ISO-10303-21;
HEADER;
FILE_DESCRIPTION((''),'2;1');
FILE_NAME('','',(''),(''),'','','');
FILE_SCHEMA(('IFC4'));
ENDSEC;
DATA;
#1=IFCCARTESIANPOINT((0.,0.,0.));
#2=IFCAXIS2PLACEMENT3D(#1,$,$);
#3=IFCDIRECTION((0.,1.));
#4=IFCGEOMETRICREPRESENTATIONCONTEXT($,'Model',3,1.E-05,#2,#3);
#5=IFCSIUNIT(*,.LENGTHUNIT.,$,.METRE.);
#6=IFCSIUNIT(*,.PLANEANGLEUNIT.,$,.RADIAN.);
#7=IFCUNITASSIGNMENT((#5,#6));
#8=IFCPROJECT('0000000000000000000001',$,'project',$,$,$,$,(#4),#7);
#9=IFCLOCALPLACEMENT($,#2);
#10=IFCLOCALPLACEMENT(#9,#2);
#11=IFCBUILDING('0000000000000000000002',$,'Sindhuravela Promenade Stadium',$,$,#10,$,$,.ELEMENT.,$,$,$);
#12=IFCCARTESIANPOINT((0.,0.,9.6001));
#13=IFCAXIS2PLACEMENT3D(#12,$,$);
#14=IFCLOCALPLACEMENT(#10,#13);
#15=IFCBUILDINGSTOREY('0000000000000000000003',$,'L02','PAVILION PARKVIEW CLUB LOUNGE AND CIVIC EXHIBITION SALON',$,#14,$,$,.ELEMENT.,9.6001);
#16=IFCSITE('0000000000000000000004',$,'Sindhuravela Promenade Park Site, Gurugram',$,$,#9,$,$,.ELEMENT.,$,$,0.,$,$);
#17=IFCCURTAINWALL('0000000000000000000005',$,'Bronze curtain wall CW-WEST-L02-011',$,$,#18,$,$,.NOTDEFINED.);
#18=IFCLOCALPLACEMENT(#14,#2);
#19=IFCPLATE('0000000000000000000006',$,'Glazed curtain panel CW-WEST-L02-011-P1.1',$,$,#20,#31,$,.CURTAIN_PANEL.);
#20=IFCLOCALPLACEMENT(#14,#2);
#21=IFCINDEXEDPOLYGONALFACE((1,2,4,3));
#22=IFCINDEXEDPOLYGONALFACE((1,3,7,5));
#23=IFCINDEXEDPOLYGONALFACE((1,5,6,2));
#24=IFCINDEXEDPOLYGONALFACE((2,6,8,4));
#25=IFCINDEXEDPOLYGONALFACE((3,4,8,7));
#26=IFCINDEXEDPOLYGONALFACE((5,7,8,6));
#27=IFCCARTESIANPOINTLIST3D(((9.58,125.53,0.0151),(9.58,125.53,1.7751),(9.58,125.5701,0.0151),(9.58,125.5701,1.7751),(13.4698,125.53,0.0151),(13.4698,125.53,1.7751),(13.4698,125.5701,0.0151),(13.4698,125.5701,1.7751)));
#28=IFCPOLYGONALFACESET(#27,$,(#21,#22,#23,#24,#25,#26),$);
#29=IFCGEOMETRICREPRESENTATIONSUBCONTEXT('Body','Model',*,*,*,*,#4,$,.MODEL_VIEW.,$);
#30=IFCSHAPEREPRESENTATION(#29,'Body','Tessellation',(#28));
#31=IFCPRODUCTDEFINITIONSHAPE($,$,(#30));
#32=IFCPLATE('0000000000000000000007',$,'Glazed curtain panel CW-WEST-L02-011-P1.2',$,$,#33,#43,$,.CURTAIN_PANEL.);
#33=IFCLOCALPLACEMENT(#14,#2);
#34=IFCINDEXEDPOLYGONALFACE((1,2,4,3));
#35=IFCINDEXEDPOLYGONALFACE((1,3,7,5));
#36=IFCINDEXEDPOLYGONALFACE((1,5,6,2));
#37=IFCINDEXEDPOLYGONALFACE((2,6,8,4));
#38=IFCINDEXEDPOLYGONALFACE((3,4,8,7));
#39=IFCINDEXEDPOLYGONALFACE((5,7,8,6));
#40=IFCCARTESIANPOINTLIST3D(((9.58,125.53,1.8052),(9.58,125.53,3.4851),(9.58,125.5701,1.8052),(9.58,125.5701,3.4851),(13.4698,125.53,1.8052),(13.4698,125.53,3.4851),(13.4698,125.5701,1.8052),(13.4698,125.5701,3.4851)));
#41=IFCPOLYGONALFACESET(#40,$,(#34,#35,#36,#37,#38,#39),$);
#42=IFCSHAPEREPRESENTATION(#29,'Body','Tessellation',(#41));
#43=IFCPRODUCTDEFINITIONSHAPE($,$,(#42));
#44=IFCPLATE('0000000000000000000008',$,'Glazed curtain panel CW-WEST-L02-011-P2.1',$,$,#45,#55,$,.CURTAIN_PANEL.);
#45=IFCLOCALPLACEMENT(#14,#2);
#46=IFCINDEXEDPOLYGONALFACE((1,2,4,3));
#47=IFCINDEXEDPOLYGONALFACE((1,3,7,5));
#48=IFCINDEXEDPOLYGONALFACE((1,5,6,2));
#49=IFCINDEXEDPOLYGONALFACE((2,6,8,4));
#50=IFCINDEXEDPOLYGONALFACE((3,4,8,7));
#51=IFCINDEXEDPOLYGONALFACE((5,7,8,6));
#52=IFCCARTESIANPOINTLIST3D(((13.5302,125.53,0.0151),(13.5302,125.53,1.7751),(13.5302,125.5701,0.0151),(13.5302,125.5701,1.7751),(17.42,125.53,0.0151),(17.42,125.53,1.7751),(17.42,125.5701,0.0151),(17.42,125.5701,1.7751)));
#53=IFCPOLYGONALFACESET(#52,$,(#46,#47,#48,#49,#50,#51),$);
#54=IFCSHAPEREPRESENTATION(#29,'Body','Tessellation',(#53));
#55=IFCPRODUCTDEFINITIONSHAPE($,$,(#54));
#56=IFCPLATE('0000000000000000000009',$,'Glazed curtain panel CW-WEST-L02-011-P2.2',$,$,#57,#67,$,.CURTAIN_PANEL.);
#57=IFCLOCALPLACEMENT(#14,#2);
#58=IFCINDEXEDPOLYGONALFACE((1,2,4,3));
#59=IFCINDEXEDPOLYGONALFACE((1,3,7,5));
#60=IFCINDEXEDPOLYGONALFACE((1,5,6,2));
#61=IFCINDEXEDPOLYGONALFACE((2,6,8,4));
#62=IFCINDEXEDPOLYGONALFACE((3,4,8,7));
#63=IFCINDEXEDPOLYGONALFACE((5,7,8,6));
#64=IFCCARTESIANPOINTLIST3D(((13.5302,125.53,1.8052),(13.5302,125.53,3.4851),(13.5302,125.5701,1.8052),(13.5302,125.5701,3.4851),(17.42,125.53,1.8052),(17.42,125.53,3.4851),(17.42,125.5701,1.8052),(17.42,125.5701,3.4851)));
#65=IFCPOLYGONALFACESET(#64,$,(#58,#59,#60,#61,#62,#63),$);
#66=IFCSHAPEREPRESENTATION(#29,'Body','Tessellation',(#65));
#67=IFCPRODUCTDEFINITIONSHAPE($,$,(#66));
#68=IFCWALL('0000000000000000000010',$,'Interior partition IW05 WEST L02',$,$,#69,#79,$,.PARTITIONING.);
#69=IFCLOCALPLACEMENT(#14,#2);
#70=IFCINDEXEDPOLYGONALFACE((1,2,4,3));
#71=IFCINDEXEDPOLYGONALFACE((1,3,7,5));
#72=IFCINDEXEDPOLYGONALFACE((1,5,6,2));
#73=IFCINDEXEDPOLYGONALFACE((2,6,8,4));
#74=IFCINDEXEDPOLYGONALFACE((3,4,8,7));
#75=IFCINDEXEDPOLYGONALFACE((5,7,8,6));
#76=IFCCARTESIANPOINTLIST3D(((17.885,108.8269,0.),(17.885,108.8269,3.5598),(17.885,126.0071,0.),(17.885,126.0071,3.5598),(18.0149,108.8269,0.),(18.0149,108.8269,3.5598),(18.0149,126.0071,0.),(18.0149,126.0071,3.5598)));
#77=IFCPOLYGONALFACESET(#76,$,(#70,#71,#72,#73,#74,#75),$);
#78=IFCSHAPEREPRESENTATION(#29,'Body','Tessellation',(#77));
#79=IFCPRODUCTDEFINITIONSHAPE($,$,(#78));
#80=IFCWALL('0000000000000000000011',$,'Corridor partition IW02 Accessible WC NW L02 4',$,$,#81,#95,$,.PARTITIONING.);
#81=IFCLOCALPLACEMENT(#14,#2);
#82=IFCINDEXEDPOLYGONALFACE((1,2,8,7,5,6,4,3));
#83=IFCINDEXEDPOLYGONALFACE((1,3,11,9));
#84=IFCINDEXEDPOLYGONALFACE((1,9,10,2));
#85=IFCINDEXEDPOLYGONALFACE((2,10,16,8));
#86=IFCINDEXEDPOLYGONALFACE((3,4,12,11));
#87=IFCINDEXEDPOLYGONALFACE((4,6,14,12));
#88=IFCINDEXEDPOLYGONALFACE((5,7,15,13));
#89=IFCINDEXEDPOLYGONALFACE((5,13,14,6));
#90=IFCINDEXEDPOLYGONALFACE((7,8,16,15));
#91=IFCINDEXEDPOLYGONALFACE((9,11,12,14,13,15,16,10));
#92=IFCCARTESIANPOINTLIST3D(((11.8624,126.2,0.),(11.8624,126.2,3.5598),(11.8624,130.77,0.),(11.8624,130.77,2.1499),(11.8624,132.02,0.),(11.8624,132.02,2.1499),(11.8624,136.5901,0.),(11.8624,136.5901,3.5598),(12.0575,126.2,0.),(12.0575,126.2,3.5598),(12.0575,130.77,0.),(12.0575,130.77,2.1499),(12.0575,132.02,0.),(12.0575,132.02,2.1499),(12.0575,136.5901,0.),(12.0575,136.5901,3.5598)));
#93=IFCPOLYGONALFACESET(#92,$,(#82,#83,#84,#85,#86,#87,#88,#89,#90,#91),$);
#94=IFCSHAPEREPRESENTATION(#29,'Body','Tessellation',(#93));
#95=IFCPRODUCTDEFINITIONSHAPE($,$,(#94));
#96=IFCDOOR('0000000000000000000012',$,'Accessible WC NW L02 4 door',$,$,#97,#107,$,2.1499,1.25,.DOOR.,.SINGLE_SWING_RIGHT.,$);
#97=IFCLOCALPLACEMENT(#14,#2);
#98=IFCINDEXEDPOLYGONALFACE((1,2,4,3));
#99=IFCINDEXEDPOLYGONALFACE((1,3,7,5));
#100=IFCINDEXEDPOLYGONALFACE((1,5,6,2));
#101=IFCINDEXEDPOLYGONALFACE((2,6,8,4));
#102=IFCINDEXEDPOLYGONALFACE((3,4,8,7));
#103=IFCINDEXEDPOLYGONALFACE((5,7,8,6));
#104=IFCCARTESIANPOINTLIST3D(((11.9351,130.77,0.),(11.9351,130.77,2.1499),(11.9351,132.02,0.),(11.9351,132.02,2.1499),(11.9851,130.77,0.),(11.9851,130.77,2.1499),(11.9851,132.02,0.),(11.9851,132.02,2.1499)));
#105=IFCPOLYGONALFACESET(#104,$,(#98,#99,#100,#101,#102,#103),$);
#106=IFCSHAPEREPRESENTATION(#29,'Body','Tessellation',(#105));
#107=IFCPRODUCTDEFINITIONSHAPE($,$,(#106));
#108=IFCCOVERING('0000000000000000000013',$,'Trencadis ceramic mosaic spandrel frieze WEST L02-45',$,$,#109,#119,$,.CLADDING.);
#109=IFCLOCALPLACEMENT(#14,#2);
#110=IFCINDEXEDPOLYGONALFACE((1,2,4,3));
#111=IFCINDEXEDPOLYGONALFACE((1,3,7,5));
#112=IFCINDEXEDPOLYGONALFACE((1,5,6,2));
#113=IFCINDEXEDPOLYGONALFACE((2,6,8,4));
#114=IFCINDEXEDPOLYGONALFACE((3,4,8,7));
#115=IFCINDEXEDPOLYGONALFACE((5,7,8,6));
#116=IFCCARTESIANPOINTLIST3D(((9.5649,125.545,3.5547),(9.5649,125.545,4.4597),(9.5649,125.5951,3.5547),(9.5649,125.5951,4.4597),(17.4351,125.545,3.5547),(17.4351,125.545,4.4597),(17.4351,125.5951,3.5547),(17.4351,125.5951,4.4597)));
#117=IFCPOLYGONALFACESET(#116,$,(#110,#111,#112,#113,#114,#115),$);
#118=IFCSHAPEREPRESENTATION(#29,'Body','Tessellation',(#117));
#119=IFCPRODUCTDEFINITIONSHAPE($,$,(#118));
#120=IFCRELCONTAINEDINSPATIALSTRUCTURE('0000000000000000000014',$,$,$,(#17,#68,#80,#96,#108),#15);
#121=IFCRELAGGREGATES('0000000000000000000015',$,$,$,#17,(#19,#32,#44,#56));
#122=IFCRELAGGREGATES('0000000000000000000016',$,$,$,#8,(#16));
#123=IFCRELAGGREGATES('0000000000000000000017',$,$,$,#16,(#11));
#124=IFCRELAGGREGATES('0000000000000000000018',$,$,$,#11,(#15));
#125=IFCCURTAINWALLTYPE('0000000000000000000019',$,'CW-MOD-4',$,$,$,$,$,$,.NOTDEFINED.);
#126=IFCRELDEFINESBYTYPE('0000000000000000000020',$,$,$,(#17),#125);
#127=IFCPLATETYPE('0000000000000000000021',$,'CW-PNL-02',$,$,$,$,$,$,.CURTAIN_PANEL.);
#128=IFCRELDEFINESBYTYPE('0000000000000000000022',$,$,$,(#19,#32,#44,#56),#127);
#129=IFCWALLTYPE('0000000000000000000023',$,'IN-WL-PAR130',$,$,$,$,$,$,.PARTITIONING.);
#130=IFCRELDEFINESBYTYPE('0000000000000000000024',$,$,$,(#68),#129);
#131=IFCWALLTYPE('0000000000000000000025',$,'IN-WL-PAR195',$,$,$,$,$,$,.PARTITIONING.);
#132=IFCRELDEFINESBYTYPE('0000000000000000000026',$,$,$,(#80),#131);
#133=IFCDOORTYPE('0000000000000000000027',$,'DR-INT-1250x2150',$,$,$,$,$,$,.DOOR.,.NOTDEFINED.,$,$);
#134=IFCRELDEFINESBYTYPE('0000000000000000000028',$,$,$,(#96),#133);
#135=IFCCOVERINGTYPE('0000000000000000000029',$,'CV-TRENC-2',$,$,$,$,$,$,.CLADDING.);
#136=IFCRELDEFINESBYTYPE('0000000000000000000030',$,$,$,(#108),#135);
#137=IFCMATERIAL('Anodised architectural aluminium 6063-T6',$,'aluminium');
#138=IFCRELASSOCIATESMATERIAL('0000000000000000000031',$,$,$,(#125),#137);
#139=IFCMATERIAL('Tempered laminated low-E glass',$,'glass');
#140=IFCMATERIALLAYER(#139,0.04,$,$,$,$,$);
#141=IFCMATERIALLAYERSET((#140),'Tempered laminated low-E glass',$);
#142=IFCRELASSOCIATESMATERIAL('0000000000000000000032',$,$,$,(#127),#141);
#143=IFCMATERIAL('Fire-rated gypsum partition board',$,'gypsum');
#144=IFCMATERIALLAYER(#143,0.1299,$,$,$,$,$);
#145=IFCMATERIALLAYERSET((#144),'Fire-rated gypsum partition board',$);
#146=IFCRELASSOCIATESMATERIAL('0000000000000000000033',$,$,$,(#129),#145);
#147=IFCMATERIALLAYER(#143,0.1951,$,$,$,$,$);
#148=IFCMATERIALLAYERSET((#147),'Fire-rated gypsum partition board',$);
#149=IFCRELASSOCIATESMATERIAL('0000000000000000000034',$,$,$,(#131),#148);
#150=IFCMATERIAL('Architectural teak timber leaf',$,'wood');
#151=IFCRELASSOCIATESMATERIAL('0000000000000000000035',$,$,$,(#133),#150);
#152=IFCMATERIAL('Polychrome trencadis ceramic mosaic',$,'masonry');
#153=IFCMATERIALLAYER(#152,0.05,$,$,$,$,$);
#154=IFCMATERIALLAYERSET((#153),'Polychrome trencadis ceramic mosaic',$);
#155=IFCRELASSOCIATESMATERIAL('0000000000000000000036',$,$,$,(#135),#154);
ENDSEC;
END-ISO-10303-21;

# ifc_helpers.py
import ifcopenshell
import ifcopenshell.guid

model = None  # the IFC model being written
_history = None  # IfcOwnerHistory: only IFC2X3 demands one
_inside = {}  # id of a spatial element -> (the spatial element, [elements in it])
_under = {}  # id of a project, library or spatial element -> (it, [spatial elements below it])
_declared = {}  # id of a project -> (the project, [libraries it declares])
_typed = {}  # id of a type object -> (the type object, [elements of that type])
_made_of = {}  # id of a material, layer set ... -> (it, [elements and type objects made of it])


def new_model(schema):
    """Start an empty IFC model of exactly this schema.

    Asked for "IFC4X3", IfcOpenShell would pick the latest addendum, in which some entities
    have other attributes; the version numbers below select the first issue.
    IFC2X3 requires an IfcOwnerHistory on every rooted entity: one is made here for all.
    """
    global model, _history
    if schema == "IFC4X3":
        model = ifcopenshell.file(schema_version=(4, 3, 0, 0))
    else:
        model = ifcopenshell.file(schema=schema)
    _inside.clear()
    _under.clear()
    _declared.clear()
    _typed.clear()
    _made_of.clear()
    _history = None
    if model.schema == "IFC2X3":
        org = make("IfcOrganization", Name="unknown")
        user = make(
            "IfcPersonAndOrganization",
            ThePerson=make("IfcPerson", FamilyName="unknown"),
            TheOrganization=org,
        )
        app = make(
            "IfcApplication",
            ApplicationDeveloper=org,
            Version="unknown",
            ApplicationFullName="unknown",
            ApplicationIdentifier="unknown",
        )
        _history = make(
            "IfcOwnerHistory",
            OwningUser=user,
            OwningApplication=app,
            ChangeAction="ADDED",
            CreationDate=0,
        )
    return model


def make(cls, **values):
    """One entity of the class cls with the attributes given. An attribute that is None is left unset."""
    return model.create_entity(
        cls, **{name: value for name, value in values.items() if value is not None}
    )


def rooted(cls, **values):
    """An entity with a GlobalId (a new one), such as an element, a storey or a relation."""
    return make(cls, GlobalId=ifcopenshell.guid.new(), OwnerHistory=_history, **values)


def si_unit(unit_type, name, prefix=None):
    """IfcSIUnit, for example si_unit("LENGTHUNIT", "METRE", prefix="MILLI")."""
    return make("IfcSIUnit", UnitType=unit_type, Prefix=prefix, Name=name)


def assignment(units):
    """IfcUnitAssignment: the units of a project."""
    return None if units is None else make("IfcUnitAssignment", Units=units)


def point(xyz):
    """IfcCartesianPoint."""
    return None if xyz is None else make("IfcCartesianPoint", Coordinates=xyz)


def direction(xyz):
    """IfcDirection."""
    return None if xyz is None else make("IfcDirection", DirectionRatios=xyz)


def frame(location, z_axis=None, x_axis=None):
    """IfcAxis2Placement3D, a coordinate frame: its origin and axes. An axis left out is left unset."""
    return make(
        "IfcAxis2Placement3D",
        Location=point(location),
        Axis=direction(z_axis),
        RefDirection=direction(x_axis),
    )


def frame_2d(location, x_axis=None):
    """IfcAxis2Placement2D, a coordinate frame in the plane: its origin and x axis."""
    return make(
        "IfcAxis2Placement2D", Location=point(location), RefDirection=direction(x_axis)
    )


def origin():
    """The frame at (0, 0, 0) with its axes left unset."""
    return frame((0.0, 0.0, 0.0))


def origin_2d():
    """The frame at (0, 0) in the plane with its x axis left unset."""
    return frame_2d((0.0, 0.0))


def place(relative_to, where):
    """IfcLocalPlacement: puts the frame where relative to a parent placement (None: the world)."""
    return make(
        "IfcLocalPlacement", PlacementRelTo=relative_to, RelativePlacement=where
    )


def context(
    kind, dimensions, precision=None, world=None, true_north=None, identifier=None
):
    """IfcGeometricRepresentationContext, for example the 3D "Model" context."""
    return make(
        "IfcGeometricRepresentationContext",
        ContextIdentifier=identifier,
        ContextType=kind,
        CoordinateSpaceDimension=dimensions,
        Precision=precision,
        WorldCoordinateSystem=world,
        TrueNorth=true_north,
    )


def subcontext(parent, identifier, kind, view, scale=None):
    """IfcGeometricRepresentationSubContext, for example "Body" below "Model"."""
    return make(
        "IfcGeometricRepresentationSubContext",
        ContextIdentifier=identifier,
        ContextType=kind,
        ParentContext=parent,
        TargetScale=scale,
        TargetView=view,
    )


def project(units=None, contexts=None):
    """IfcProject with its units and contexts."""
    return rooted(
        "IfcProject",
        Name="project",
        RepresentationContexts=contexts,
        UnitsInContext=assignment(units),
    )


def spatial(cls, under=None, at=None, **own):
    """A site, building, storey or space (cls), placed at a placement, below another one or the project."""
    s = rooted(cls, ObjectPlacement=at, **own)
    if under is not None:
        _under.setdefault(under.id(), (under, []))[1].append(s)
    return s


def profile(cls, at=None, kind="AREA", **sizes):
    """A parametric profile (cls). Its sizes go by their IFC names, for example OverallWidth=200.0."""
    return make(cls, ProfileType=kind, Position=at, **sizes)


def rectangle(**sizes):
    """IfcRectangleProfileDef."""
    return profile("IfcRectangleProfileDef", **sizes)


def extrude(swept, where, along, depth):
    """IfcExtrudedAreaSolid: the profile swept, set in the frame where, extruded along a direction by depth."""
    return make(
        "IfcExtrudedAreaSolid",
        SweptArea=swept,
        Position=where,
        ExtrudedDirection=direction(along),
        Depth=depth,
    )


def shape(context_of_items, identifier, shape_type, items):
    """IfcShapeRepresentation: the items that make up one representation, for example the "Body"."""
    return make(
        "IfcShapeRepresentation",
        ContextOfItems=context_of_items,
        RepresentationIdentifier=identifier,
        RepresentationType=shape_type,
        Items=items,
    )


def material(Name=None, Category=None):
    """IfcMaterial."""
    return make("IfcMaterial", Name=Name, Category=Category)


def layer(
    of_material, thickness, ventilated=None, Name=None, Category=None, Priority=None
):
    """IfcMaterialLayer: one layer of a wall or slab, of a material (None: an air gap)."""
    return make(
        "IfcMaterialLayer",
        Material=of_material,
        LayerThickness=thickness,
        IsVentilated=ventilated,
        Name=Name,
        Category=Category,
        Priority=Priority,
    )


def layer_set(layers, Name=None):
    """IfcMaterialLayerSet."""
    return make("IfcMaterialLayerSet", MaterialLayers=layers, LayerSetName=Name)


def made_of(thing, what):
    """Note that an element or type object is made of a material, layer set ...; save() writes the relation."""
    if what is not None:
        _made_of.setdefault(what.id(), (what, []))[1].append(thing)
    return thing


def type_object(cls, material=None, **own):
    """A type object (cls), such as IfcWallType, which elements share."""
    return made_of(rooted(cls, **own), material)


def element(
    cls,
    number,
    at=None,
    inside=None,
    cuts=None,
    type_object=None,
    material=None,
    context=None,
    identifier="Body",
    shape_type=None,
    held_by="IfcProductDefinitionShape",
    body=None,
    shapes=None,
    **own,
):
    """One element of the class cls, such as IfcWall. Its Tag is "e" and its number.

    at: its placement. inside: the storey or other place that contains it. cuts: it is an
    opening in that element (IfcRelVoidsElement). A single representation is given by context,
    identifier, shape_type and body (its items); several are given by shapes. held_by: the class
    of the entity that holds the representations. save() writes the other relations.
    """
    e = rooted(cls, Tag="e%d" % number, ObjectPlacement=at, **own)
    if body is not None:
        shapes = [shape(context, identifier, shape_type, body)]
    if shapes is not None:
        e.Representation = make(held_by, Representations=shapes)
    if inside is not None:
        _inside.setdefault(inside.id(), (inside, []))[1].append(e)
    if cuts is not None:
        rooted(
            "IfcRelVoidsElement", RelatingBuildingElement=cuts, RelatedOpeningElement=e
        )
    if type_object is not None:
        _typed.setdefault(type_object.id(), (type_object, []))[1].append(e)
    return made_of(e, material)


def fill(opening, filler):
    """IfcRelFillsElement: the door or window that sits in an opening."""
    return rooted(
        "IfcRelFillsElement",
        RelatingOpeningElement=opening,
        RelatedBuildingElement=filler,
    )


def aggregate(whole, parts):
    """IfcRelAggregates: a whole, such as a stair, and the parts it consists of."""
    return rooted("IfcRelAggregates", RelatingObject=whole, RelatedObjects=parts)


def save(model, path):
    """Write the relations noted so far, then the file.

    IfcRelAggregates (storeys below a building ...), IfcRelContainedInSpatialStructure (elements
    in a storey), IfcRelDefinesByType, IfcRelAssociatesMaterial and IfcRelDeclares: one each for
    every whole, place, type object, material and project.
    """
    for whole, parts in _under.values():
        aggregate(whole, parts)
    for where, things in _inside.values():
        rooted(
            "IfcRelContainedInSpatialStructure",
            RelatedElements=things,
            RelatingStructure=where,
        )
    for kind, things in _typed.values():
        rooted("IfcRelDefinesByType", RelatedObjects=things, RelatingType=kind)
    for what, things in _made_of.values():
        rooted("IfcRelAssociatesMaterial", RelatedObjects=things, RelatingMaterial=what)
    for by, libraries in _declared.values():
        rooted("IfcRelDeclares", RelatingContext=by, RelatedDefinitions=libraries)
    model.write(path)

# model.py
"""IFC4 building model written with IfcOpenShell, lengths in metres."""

from ifc_helpers import new_model, si_unit, direction, frame, frame_2d, origin, origin_2d, place, context, subcontext, project, spatial, rectangle, extrude, material, layer, layer_set, type_object, element, fill, aggregate, save


model = new_model("IFC4")

# Units and contexts
model_context = context("Model", 3, precision=1e-05, world=origin(), true_north=direction((0.0, 1.0)))
body_context = subcontext(model_context, "Body", "Model", "MODEL_VIEW")
ifc_project = project(units=[si_unit("LENGTHUNIT", "METRE"), si_unit("PLANEANGLEUNIT", "RADIAN")], contexts=[model_context])

# Site, building, storey
site_placement = place(None, origin())
site = spatial("IfcSite", under=ifc_project, at=site_placement, Name="Sindhuravela Promenade Park Site, Gurugram", CompositionType="ELEMENT", RefElevation=0.0)
building_placement = place(site_placement, origin())
building = spatial("IfcBuilding", under=site, at=building_placement, Name="Sindhuravela Promenade Stadium", CompositionType="ELEMENT")
storey_placement = place(building_placement, frame((0.0, 0.0, 9.6001)))
storey = spatial("IfcBuildingStorey", under=building, at=storey_placement, Name="L02", Description="PAVILION PARKVIEW CLUB LOUNGE AND CIVIC EXHIBITION SALON", CompositionType="ELEMENT", Elevation=9.6001)

# Curtain wall
ifc_material_1 = material(Name="Anodised architectural aluminium 6063-T6", Category="aluminium")
curtain_wall_type = type_object("IfcCurtainWallType", Name="CW-MOD-4", PredefinedType="NOTDEFINED", material=ifc_material_1)
curtain_wall_placement = place(storey_placement, origin())
curtain_wall = element("IfcCurtainWall", 1, at=curtain_wall_placement, inside=storey, type_object=curtain_wall_type, Name="Bronze curtain wall CW-WEST-L02-011", PredefinedType="NOTDEFINED")

# Plates
ifc_material_2 = material(Name="Tempered laminated low-E glass", Category="glass")
ifc_layer_1 = layer(ifc_material_2, 0.04)
ifc_layer_set_1 = layer_set([ifc_layer_1], Name="Tempered laminated low-E glass")
plate_type = type_object("IfcPlateType", Name="CW-PNL-02", PredefinedType="CURTAIN_PANEL", material=ifc_layer_set_1)
plate_1_placement = place(storey_placement, frame((11.5249, 125.55, 0.0151), z_axis=(0.0, 0.0, 1.0), x_axis=(1.0, 0.0, 0.0)))
plate_1 = element("IfcPlate", 2, at=plate_1_placement, type_object=plate_type, Name="Glazed curtain panel CW-WEST-L02-011-P1.1", PredefinedType="CURTAIN_PANEL", context=body_context, shape_type="SweptSolid", body=[
    extrude(rectangle(XDim=3.8899, YDim=0.04, at=origin_2d()), origin(), (0.0, 0.0, 1.0), 1.76),
])
plate_2_placement = place(storey_placement, frame((11.5249, 125.55, 1.8052), z_axis=(0.0, 0.0, 1.0), x_axis=(1.0, 0.0, 0.0)))
plate_2 = element("IfcPlate", 3, at=plate_2_placement, type_object=plate_type, Name="Glazed curtain panel CW-WEST-L02-011-P1.2", PredefinedType="CURTAIN_PANEL", context=body_context, shape_type="SweptSolid", body=[
    extrude(rectangle(XDim=3.8899, YDim=0.04, at=origin_2d()), origin(), (0.0, 0.0, 1.0), 1.6799),
])
plate_3_placement = place(storey_placement, frame((15.4751, 125.55, 0.0151), z_axis=(0.0, 0.0, 1.0), x_axis=(1.0, 0.0, 0.0)))
plate_3 = element("IfcPlate", 4, at=plate_3_placement, type_object=plate_type, Name="Glazed curtain panel CW-WEST-L02-011-P2.1", PredefinedType="CURTAIN_PANEL", context=body_context, shape_type="SweptSolid", body=[
    extrude(rectangle(XDim=3.8899, YDim=0.04, at=origin_2d()), origin(), (0.0, 0.0, 1.0), 1.76),
])
plate_4_placement = place(storey_placement, frame((15.4751, 125.55, 1.8052), z_axis=(0.0, 0.0, 1.0), x_axis=(1.0, 0.0, 0.0)))
plate_4 = element("IfcPlate", 5, at=plate_4_placement, type_object=plate_type, Name="Glazed curtain panel CW-WEST-L02-011-P2.2", PredefinedType="CURTAIN_PANEL", context=body_context, shape_type="SweptSolid", body=[
    extrude(rectangle(XDim=3.8899, YDim=0.04, at=origin_2d()), origin(), (0.0, 0.0, 1.0), 1.6799),
])
aggregate(curtain_wall, [plate_1, plate_2, plate_3, plate_4])

# Wall
ifc_material_3 = material(Name="Fire-rated gypsum partition board", Category="gypsum")
ifc_layer_2 = layer(ifc_material_3, 0.1299)
ifc_layer_set_2 = layer_set([ifc_layer_2], Name="Fire-rated gypsum partition board")
wall_type_1 = type_object("IfcWallType", Name="IN-WL-PAR130", PredefinedType="PARTITIONING", material=ifc_layer_set_2)
wall_1_placement = place(storey_placement, frame((17.95, 126.0071, 0.0), z_axis=(0.0, 0.0, 1.0), x_axis=(0.0, -1.0, 0.0)))
element("IfcWall", 6, at=wall_1_placement, inside=storey, type_object=wall_type_1, Name="Interior partition IW05 WEST L02", PredefinedType="PARTITIONING", context=body_context, shape_type="SweptSolid", body=[
    extrude(rectangle(XDim=17.1802, YDim=0.1299, at=frame_2d((8.5901, 0.0))), origin(), (0.0, 0.0, 1.0), 3.5598),
])

# Wall, opening, door
ifc_layer_3 = layer(ifc_material_3, 0.1951)
ifc_layer_set_3 = layer_set([ifc_layer_3], Name="Fire-rated gypsum partition board")
wall_type_2 = type_object("IfcWallType", Name="IN-WL-PAR195", PredefinedType="PARTITIONING", material=ifc_layer_set_3)
wall_2_placement = place(storey_placement, frame((11.96, 126.2, 0.0), z_axis=(0.0, 0.0, 1.0), x_axis=(0.0, 1.0, 0.0)))
wall_2 = element("IfcWall", 7, at=wall_2_placement, inside=storey, type_object=wall_type_2, Name="Corridor partition IW02 Accessible WC NW L02 4", PredefinedType="PARTITIONING", context=body_context, shape_type="SweptSolid", body=[
    extrude(rectangle(XDim=10.3901, YDim=0.1951, at=frame_2d((5.1951, 0.0))), origin(), (0.0, 0.0, 1.0), 3.5598),
])
opening_placement = place(wall_2_placement, frame((4.5701, 0.0, 0.0)))
opening = element("IfcOpeningElement", 8, at=opening_placement, cuts=wall_2, PredefinedType="OPENING", context=body_context, shape_type="SweptSolid", body=[
    extrude(rectangle(XDim=1.25, YDim=2.1499, at=frame_2d((0.625, 1.075))), frame((0.0, 0.1074, 0.0), z_axis=(0.0, -1.0, 0.0), x_axis=(1.0, 0.0, 0.0)), (0.0, 0.0, 1.0), 0.2151),
])
ifc_material_4 = material(Name="Architectural teak timber leaf", Category="wood")
door_type = type_object("IfcDoorType", Name="DR-INT-1250x2150", OperationType="NOTDEFINED", PredefinedType="DOOR", material=ifc_material_4)
door_placement = place(opening_placement, origin())
door = element("IfcDoor", 9, at=door_placement, inside=storey, type_object=door_type, Name="Accessible WC NW L02 4 door", OperationType="SINGLE_SWING_RIGHT", OverallHeight=2.1499, OverallWidth=1.25, PredefinedType="DOOR", context=body_context, shape_type="SweptSolid", body=[
    extrude(rectangle(XDim=1.25, YDim=2.1499, at=frame_2d((0.625, 1.075))), frame((0.0, 0.0249, 0.0), z_axis=(0.0, -1.0, 0.0), x_axis=(1.0, 0.0, 0.0)), (0.0, 0.0, 1.0), 0.05),
])
fill(opening, door)

# Covering
ifc_material_5 = material(Name="Polychrome trencadis ceramic mosaic", Category="masonry")
ifc_layer_4 = layer(ifc_material_5, 0.05)
ifc_layer_set_4 = layer_set([ifc_layer_4], Name="Polychrome trencadis ceramic mosaic")
covering_type = type_object("IfcCoveringType", Name="CV-TRENC-2", PredefinedType="CLADDING", material=ifc_layer_set_4)
covering_placement = place(storey_placement, frame((13.5, 125.5701, 3.5547), z_axis=(0.0, 0.0, 1.0), x_axis=(1.0, 0.0, 0.0)))
element("IfcCovering", 10, at=covering_placement, inside=storey, type_object=covering_type, Name="Trencadis ceramic mosaic spandrel frieze WEST L02-45", PredefinedType="CLADDING", context=body_context, shape_type="SweptSolid", body=[
    extrude(rectangle(XDim=7.8701, YDim=0.05, at=origin_2d()), origin(), (0.0, 0.0, 1.0), 0.905),
])

save(model, "model.ifc")
